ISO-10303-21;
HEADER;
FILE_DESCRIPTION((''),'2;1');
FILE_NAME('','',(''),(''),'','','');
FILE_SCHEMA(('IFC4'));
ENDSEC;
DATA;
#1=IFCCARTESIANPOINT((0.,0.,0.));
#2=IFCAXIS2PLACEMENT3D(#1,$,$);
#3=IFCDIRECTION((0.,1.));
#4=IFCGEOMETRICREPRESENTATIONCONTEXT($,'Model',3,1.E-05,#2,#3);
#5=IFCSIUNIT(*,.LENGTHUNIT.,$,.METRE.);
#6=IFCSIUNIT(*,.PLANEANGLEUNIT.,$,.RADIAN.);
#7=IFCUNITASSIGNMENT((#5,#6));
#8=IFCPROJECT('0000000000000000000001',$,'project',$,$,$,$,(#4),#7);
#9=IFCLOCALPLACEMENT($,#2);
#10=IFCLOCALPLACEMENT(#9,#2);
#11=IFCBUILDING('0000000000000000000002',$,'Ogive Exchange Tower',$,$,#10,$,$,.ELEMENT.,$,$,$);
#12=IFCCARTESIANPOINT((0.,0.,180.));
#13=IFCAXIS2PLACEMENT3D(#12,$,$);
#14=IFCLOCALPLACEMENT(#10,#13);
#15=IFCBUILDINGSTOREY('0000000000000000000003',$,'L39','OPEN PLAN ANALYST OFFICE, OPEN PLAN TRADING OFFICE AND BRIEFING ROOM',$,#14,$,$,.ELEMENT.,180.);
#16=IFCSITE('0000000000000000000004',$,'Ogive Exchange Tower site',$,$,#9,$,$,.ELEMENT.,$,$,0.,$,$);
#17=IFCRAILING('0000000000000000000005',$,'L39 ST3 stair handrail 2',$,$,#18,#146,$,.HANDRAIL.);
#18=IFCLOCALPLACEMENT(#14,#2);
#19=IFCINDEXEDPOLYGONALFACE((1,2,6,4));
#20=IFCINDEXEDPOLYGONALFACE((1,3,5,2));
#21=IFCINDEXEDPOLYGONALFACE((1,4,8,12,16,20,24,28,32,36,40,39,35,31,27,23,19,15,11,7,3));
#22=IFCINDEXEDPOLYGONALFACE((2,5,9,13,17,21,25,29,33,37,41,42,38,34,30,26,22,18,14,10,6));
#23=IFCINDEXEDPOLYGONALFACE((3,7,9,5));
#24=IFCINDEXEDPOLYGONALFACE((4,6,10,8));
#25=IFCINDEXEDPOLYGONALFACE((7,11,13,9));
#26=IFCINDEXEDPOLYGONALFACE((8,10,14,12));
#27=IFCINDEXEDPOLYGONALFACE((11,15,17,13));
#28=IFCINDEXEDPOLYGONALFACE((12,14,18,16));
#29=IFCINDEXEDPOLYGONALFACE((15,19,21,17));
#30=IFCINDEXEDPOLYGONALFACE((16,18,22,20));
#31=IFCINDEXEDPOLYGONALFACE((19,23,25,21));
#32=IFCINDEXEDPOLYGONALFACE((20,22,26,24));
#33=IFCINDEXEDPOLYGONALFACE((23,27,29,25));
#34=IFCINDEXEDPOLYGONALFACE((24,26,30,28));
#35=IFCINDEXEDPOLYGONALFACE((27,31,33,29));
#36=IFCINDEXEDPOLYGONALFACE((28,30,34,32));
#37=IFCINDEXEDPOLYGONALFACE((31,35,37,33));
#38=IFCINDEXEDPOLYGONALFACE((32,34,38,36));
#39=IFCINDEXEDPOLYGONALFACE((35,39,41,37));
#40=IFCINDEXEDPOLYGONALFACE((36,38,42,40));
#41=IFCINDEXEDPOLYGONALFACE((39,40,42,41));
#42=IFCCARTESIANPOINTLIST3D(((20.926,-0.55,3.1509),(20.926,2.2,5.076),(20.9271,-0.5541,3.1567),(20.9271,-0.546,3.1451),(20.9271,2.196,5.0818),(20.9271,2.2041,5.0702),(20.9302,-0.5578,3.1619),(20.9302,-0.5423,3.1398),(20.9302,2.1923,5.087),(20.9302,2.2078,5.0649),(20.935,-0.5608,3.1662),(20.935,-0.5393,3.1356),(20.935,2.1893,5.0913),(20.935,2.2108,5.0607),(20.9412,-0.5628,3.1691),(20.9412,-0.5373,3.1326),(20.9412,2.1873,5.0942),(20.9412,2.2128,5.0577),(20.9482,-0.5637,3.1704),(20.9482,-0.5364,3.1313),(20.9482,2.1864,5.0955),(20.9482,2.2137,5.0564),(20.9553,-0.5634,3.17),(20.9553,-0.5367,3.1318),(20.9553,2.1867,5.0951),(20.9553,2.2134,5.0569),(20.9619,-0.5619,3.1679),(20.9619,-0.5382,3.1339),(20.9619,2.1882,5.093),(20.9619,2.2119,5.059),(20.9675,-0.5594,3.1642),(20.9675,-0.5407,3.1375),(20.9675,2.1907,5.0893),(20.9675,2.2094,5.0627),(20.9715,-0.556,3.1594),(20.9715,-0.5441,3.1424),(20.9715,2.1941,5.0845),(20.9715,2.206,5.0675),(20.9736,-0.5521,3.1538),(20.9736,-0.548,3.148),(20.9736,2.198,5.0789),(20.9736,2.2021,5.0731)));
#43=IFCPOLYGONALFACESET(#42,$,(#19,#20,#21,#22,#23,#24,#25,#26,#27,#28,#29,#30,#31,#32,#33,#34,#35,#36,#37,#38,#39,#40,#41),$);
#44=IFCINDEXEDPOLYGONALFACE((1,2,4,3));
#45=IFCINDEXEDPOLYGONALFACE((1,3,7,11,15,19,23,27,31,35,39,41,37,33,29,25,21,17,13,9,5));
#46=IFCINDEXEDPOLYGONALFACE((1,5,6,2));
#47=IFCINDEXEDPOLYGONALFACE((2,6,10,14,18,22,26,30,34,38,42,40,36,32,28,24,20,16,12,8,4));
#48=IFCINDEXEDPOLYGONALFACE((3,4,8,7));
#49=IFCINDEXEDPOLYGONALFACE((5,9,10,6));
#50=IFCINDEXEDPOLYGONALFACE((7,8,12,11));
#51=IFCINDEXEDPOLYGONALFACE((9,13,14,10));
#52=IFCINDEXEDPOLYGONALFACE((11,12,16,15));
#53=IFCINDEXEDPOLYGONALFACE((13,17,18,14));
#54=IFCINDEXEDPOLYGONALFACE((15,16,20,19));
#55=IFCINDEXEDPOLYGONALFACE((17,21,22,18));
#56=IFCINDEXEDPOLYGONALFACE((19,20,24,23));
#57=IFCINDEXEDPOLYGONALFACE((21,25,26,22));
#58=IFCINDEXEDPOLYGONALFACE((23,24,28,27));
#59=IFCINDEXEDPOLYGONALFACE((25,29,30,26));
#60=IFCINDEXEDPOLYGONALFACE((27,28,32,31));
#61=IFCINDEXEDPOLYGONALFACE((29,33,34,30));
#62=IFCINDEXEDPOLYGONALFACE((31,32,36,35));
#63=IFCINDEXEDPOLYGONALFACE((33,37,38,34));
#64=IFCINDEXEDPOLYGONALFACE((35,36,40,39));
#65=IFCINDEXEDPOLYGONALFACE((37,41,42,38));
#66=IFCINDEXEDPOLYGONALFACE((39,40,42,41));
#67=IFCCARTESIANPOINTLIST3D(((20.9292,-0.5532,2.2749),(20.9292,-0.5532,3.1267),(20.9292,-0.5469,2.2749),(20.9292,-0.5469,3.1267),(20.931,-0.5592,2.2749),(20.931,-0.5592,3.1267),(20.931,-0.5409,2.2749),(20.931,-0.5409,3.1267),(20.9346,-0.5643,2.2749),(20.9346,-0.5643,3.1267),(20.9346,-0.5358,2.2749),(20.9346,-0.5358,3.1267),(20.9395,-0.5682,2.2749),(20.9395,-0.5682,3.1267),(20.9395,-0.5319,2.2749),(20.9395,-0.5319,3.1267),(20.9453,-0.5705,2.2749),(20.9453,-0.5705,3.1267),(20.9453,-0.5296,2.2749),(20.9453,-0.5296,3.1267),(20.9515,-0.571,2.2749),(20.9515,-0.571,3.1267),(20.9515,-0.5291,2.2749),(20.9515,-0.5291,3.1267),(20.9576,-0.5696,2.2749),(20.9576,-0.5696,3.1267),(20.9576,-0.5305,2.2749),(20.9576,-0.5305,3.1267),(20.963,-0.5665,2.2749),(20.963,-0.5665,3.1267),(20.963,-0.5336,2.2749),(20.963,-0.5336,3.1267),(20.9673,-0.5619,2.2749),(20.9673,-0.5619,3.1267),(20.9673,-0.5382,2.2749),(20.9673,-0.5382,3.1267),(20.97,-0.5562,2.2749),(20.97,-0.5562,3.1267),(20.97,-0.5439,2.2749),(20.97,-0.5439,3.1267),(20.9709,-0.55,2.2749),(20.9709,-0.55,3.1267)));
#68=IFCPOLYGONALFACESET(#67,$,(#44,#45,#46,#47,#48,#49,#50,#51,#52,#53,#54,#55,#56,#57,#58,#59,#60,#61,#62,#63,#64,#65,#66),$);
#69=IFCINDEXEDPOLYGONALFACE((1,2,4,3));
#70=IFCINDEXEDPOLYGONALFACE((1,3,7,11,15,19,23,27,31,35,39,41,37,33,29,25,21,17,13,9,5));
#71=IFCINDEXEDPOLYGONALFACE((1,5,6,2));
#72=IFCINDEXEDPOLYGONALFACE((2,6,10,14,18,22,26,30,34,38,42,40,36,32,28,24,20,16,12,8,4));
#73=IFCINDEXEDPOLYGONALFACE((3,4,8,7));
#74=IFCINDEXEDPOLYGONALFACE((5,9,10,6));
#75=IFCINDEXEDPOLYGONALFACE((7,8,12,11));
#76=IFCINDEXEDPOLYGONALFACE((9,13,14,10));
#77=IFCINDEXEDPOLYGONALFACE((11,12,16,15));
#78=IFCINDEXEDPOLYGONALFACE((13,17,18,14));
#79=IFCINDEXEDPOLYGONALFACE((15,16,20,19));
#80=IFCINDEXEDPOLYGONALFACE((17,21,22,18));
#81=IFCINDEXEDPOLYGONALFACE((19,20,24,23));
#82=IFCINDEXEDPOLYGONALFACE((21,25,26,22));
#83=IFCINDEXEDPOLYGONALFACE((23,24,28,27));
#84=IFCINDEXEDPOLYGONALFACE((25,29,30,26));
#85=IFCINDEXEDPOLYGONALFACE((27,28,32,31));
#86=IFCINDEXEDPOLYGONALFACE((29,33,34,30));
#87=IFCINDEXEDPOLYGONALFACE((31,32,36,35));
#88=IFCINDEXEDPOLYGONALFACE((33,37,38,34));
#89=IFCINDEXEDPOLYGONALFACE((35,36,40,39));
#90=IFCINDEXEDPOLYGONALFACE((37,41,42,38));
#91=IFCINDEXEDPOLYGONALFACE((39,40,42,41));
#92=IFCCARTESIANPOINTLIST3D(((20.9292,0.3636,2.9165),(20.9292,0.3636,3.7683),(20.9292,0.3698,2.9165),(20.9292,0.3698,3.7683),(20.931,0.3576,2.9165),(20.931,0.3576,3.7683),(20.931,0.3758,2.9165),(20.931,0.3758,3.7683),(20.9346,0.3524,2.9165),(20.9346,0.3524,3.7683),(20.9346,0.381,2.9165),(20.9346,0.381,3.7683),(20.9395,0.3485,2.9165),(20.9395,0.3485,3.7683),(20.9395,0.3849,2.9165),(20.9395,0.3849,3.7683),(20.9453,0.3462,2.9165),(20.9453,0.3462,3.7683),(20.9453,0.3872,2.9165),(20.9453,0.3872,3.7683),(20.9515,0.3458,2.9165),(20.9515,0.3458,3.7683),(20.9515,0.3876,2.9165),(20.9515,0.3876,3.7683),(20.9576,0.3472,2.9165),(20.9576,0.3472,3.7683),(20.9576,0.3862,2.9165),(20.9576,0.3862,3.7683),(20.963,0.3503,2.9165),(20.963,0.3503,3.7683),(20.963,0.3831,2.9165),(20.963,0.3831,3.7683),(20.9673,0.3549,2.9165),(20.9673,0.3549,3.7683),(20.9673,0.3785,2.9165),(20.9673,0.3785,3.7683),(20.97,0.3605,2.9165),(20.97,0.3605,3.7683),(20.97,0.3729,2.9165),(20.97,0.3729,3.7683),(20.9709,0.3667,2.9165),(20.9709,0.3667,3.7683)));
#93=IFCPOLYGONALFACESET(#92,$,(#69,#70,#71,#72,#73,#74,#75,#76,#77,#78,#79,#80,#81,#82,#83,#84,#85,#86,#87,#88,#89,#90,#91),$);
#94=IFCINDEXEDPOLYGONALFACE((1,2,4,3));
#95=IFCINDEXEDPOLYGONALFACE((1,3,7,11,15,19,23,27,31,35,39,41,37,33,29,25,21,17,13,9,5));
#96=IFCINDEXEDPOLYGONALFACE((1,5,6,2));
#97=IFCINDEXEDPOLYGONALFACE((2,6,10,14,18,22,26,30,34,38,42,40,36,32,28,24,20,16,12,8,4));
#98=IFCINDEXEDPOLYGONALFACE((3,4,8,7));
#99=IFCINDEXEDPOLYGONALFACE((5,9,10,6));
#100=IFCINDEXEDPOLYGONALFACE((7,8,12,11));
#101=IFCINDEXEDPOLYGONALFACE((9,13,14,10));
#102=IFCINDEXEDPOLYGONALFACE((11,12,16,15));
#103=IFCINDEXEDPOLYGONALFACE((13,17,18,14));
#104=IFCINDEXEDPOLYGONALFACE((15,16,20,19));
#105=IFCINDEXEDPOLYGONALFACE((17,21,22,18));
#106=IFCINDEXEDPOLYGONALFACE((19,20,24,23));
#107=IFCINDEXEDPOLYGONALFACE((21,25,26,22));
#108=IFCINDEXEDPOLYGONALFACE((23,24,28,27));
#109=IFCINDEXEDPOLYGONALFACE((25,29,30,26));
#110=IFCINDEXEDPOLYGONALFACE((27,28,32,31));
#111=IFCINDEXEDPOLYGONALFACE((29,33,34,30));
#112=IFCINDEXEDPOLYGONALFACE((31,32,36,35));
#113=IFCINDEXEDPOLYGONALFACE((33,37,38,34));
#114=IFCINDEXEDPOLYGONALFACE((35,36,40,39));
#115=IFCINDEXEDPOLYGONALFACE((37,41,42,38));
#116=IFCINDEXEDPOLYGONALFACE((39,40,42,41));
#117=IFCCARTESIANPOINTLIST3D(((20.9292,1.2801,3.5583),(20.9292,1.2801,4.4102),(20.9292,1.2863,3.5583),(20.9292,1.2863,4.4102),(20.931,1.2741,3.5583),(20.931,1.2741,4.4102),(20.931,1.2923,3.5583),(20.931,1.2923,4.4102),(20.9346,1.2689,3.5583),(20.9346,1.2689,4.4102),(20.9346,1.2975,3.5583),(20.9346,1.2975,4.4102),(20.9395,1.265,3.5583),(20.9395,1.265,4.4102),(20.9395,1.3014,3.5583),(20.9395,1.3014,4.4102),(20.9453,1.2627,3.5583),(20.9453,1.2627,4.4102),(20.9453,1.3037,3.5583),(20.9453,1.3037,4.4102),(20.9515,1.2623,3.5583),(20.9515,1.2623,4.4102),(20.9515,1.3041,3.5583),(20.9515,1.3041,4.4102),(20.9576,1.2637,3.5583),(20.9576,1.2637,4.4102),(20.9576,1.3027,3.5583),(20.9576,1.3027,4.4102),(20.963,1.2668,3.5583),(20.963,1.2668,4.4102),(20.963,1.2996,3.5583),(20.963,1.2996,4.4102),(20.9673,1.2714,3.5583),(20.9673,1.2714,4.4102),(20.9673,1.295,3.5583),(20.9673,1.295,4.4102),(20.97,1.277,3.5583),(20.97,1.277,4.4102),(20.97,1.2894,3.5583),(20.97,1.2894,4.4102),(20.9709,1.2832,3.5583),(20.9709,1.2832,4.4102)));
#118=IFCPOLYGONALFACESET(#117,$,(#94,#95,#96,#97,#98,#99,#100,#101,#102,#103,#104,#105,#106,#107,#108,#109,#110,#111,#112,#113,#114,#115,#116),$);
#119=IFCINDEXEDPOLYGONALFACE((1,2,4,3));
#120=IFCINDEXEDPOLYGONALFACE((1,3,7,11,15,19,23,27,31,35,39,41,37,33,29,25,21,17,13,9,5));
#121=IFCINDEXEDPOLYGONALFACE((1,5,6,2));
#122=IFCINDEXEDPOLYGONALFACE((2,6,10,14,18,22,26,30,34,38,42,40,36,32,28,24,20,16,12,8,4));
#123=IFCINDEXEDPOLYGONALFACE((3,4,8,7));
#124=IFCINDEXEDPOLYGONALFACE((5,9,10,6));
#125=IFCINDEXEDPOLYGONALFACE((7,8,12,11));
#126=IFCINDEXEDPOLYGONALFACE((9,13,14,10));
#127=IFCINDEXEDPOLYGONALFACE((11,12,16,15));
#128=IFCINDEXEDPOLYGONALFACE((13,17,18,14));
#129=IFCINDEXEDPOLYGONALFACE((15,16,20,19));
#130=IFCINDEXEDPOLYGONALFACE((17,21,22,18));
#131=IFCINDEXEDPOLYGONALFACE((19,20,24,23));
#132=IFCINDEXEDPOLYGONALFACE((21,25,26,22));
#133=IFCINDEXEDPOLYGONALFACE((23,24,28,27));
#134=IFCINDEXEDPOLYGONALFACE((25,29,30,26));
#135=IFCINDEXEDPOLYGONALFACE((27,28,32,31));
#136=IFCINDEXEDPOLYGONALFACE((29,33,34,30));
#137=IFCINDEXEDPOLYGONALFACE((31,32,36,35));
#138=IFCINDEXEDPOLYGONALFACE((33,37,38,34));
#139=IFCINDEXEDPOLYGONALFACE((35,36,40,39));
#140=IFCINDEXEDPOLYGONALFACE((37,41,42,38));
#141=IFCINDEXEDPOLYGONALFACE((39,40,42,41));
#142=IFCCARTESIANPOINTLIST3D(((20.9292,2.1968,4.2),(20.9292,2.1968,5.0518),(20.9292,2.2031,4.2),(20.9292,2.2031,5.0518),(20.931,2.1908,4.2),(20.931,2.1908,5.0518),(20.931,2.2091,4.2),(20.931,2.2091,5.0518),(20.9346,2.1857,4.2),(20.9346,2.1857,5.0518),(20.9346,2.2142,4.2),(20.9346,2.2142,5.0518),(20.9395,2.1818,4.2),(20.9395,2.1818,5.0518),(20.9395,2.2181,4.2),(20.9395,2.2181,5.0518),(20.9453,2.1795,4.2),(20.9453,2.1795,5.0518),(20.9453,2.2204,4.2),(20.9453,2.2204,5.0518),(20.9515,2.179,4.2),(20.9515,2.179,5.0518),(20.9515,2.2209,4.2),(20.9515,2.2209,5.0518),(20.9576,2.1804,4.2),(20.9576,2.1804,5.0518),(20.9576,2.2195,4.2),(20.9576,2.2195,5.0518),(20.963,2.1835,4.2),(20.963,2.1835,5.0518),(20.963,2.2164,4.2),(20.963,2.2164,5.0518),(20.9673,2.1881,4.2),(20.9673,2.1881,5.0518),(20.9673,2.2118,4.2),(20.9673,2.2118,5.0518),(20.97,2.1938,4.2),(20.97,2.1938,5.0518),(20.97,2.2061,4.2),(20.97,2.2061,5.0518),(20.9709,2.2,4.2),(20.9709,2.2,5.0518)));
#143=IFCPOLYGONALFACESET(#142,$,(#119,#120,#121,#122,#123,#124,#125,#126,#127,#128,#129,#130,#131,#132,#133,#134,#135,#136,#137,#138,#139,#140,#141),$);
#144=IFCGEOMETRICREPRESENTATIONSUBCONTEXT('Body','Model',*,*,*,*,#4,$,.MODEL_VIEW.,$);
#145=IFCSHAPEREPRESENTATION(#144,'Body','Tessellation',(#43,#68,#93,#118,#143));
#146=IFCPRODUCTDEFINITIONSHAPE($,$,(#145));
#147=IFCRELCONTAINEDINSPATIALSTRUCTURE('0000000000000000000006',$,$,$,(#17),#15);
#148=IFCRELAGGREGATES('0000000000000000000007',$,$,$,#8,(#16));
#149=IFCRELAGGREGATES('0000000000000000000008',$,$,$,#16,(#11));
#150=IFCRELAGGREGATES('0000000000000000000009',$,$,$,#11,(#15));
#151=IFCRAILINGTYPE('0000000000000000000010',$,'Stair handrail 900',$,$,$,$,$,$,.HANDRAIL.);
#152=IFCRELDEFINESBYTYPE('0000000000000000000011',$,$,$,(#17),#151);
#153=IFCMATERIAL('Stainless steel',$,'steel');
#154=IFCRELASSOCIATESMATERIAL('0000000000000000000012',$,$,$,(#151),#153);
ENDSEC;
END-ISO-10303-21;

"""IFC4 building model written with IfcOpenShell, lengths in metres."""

from ifc_helpers import new_model, si_unit, direction, frame, origin, origin_2d, place, context, subcontext, project, spatial, circle, extrude, material, type_object, element, save


model = new_model("IFC4")

# Units and contexts
model_context = context("Model", 3, precision=1e-05, world=origin(), true_north=direction((0.0, 1.0)))
body_context = subcontext(model_context, "Body", "Model", "MODEL_VIEW")
ifc_project = project(units=[si_unit("LENGTHUNIT", "METRE"), si_unit("PLANEANGLEUNIT", "RADIAN")], contexts=[model_context])

# Site, building, storey
site_placement = place(None, origin())
site = spatial("IfcSite", under=ifc_project, at=site_placement, Name="Ogive Exchange Tower site", CompositionType="ELEMENT", RefElevation=0.0)
building_placement = place(site_placement, origin())
building = spatial("IfcBuilding", under=site, at=building_placement, Name="Ogive Exchange Tower", CompositionType="ELEMENT")
storey_placement = place(building_placement, frame((0.0, 0.0, 180.0)))
storey = spatial("IfcBuildingStorey", under=building, at=storey_placement, Name="L39", Description="OPEN PLAN ANALYST OFFICE, OPEN PLAN TRADING OFFICE AND BRIEFING ROOM", CompositionType="ELEMENT", Elevation=180.0)

# Shared definitions
ifc_material_1 = material(Name="Stainless steel", Category="steel")

# Railing
railing_type = type_object("IfcRailingType", Name="Stair handrail 900", PredefinedType="HANDRAIL", material=ifc_material_1)
railing_placement = place(storey_placement, frame((20.95, -0.55, 2.2749)))
element("IfcRailing", 1, at=railing_placement, inside=storey, type_object=railing_type, Name="L39 ST3 stair handrail 2", PredefinedType="HANDRAIL", context=body_context, shape_type="SweptSolid", body=[
    extrude(circle(Radius=0.0239, at=origin_2d()), frame((0.0, 0.0, 0.876), z_axis=(0.0, 0.819225, 0.573472), x_axis=(-1.0, 0.0, 0.0)), (0.0, 0.0, 1.0), 3.3569),
    extrude(circle(Radius=0.021, at=origin_2d()), origin(), (0.0, 0.0, 1.0), 0.8518),
    extrude(circle(Radius=0.021, at=origin_2d()), frame((0.0, 0.9167, 0.6416)), (0.0, 0.0, 1.0), 0.8518),
    extrude(circle(Radius=0.021, at=origin_2d()), frame((0.0, 1.8333, 1.2834)), (0.0, 0.0, 1.0), 0.8518),
    extrude(circle(Radius=0.021, at=origin_2d()), frame((0.0, 2.75, 1.925)), (0.0, 0.0, 1.0), 0.8518),
])

save(model, "model.ifc")
